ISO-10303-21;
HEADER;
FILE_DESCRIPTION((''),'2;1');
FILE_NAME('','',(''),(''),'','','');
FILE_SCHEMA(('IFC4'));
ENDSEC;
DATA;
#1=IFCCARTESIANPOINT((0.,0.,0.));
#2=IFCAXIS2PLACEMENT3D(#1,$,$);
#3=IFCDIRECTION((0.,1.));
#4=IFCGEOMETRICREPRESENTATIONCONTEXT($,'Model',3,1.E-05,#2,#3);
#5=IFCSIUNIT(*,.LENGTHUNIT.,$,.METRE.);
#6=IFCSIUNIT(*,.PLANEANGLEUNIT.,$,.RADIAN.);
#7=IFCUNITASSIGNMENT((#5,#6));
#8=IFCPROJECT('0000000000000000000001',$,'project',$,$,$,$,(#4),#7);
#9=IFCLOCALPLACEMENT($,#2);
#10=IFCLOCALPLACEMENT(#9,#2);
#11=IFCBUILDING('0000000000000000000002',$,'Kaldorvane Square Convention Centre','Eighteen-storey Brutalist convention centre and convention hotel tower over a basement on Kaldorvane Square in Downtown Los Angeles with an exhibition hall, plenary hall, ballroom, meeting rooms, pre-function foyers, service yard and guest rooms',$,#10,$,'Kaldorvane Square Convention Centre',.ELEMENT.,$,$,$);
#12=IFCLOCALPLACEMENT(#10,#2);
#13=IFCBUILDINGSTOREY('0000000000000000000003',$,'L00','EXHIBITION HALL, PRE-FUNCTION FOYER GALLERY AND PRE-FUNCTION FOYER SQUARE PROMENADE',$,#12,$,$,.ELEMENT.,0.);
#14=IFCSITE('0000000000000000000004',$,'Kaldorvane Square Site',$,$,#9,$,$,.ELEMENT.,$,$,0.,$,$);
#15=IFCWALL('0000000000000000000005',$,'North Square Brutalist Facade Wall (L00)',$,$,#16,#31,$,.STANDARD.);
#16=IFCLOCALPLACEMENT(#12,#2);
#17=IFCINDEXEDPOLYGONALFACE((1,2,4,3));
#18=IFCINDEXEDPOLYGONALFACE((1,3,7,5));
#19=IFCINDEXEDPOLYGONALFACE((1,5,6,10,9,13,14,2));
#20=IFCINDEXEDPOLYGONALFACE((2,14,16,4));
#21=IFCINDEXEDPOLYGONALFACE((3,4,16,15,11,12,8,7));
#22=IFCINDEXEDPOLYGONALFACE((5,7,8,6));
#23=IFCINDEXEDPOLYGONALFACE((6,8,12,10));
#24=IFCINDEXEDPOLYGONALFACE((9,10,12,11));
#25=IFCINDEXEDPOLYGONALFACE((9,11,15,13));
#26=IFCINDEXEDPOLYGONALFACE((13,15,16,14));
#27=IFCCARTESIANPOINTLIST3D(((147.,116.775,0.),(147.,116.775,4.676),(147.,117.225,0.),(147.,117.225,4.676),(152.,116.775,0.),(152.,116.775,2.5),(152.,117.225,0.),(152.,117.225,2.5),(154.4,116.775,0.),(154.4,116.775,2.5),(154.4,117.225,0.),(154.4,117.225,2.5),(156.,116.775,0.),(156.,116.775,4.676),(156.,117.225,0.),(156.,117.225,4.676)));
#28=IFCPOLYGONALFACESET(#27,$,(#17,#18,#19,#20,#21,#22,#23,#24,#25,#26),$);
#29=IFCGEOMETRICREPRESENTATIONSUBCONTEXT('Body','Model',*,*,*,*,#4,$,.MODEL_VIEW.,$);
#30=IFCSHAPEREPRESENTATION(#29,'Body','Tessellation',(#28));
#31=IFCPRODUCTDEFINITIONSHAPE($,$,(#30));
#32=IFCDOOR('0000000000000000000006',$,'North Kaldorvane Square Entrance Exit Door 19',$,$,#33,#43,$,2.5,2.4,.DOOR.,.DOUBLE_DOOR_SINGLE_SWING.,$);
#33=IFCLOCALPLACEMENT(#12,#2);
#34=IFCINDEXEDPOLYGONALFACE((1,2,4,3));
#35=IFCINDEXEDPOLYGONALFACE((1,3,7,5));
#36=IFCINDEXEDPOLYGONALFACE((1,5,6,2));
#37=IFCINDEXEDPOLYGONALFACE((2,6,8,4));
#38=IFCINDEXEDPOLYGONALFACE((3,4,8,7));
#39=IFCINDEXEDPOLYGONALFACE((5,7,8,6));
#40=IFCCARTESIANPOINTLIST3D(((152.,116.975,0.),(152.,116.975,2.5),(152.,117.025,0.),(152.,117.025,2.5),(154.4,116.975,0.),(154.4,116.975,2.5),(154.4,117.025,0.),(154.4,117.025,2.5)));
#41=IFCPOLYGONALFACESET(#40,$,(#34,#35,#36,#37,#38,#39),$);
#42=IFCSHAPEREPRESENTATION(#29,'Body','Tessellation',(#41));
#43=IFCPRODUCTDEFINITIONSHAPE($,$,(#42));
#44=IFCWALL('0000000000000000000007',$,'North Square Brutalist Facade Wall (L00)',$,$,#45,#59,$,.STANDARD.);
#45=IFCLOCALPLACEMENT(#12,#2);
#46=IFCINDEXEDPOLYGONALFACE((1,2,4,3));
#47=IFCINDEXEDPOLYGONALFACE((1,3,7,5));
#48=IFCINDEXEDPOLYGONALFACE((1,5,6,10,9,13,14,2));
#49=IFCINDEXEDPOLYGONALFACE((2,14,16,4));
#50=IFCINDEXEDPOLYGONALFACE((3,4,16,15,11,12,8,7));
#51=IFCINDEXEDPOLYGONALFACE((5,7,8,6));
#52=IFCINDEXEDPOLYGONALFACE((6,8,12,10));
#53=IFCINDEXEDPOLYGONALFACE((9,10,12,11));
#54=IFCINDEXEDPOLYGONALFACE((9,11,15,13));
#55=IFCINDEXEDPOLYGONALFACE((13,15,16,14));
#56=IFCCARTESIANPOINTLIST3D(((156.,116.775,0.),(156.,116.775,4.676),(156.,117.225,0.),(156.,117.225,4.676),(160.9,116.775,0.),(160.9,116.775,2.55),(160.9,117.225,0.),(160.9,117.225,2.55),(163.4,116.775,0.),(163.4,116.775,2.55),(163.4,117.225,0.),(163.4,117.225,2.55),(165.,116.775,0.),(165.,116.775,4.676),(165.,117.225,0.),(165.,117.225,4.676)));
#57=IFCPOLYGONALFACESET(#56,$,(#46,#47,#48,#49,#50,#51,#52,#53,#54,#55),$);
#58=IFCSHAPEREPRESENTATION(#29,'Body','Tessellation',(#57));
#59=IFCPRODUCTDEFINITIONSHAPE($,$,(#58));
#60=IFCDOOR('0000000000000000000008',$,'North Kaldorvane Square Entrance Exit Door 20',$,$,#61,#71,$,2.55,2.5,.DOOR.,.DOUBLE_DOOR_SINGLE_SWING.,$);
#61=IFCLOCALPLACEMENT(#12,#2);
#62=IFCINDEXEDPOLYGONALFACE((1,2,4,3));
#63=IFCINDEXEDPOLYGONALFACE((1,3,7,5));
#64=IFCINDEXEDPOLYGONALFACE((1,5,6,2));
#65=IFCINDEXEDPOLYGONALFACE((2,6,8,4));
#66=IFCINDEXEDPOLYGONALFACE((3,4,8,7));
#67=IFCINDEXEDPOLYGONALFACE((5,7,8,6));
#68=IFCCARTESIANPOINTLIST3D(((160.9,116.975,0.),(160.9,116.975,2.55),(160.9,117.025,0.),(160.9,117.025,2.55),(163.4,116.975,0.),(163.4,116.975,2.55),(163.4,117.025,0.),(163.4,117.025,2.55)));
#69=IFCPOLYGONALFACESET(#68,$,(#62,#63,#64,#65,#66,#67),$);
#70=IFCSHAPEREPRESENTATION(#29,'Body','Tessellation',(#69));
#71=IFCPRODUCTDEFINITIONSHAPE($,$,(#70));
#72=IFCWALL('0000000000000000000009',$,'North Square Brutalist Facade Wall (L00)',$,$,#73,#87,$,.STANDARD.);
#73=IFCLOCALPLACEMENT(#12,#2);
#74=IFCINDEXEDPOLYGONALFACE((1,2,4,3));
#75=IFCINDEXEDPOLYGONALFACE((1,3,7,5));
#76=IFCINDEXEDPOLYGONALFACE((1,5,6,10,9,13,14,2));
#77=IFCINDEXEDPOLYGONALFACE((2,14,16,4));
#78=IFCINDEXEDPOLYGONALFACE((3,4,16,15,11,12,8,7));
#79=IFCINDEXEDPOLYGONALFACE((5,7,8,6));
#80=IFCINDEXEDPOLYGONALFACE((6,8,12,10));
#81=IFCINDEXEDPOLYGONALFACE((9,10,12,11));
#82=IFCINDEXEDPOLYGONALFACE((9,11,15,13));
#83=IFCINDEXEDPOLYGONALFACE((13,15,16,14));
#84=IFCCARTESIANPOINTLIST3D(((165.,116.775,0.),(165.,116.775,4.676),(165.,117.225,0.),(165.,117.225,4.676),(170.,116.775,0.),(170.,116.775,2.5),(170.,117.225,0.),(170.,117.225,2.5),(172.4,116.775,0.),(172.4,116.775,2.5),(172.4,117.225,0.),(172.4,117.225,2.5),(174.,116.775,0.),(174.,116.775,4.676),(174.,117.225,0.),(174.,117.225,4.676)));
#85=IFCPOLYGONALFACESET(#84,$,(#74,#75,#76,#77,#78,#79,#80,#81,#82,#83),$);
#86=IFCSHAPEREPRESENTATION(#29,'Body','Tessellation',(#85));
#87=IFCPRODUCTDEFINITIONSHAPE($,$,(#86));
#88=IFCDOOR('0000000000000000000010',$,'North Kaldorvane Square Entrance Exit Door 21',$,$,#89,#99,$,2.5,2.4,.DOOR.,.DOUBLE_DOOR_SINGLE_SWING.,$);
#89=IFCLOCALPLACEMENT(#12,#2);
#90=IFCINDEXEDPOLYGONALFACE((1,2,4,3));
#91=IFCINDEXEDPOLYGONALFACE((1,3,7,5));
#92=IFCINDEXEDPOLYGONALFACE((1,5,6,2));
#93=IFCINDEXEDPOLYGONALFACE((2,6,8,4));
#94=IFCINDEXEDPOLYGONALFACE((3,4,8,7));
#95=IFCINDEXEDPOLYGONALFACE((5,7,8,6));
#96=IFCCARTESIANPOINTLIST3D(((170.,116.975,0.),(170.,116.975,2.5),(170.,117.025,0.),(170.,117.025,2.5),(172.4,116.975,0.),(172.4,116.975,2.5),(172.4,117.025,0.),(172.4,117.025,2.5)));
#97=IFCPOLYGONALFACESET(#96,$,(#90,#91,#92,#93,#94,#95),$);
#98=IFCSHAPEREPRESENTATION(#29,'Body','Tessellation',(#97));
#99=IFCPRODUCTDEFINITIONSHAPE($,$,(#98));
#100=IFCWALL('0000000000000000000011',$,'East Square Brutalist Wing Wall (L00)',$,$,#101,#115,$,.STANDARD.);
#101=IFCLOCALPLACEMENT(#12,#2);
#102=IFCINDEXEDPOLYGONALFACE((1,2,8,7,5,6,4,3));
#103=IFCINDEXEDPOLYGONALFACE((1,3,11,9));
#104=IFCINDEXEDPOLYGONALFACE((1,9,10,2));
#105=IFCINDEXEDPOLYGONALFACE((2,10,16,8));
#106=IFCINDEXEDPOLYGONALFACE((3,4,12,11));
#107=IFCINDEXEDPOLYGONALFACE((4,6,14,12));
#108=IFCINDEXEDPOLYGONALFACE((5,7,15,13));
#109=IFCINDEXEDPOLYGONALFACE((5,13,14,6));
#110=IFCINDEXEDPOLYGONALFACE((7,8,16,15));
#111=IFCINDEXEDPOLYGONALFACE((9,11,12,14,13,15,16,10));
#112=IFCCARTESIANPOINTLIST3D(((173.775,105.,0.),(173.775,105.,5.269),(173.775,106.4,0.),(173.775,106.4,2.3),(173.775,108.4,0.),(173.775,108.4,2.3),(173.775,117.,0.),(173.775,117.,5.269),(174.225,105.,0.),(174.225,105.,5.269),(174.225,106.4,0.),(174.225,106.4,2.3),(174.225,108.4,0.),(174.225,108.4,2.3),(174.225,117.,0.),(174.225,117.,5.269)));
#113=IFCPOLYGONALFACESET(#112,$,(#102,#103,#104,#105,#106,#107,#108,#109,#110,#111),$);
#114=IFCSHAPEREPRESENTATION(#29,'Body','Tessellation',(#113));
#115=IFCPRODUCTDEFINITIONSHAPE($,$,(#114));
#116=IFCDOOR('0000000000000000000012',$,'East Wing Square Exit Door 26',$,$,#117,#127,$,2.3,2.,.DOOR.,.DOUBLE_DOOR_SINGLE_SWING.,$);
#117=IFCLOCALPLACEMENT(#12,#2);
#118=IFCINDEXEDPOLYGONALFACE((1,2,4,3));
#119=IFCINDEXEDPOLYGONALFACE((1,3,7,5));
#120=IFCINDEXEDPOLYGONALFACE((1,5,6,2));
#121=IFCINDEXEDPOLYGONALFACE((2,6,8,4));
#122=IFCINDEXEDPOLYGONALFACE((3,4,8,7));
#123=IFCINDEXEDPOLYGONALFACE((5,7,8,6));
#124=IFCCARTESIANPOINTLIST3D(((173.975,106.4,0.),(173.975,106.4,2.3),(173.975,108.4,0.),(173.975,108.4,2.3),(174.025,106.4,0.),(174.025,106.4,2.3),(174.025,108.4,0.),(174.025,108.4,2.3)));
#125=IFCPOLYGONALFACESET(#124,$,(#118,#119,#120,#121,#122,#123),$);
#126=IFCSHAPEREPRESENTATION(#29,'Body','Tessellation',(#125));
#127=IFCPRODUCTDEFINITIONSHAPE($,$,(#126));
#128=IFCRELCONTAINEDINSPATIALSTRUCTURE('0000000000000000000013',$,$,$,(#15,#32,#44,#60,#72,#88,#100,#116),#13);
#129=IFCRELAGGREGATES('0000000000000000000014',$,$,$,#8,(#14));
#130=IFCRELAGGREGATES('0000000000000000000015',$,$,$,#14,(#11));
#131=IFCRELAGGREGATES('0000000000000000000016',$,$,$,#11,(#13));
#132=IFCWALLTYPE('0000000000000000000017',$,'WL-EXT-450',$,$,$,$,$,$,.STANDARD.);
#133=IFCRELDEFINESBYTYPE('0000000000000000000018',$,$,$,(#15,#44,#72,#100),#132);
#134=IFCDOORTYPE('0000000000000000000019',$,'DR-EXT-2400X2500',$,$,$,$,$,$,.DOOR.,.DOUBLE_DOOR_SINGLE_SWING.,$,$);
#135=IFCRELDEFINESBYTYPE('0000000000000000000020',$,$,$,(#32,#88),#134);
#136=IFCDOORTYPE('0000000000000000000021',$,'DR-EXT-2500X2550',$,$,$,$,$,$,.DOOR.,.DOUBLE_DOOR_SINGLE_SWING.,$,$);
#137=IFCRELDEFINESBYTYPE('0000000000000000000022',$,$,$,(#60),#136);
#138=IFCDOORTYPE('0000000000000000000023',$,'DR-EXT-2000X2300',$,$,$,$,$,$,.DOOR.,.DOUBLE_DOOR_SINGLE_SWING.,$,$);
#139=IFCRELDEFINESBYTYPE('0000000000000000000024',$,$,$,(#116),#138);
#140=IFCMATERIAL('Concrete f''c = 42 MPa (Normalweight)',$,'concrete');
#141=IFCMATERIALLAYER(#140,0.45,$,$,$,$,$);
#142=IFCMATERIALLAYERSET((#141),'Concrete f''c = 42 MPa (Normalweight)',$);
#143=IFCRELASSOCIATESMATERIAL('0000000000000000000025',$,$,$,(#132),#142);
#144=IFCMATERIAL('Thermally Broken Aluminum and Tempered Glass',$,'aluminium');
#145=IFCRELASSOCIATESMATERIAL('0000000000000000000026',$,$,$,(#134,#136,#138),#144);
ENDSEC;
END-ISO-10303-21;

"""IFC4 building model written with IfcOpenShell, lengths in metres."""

from ifc_helpers import new_model, si_unit, direction, frame, frame_2d, origin, place, context, subcontext, project, spatial, rectangle, extrude, material, layer, layer_set, type_object, element, fill, save


model = new_model("IFC4")

# Units and contexts
model_context = context("Model", 3, precision=1e-05, world=origin(), true_north=direction((0.0, 1.0)))
body_context = subcontext(model_context, "Body", "Model", "MODEL_VIEW")
ifc_project = project(units=[si_unit("LENGTHUNIT", "METRE"), si_unit("PLANEANGLEUNIT", "RADIAN")], contexts=[model_context])

# Site, building, storey
site_placement = place(None, origin())
site = spatial("IfcSite", under=ifc_project, at=site_placement, Name="Kaldorvane Square Site", CompositionType="ELEMENT", RefElevation=0.0)
building_placement = place(site_placement, origin())
building = spatial("IfcBuilding", under=site, at=building_placement, Name="Kaldorvane Square Convention Centre", Description="Eighteen-storey Brutalist convention centre and convention hotel tower over a basement on Kaldorvane Square in Downtown Los Angeles with an exhibition hall, plenary hall, ballroom, meeting rooms, pre-function foyers, service yard and guest rooms", LongName="Kaldorvane Square Convention Centre", CompositionType="ELEMENT")
storey_placement = place(building_placement, origin())
storey = spatial("IfcBuildingStorey", under=building, at=storey_placement, Name="L00", Description="EXHIBITION HALL, PRE-FUNCTION FOYER GALLERY AND PRE-FUNCTION FOYER SQUARE PROMENADE", CompositionType="ELEMENT", Elevation=0.0)

# Shared definitions
ifc_material_1 = material(Name="Concrete f'c = 42 MPa (Normalweight)", Category="concrete")

# Walls, openings, doors
ifc_layer = layer(ifc_material_1, 0.45)
ifc_layer_set = layer_set([ifc_layer], Name="Concrete f'c = 42 MPa (Normalweight)")
wall_type = type_object("IfcWallType", Name="WL-EXT-450", PredefinedType="STANDARD", material=ifc_layer_set)
wall_1_placement = place(storey_placement, frame((156.0, 117.0, 0.0), z_axis=(0.0, 0.0, 1.0), x_axis=(-1.0, 0.0, 0.0)))
wall_1 = element("IfcWall", 1, at=wall_1_placement, inside=storey, type_object=wall_type, Name="North Square Brutalist Facade Wall (L00)", PredefinedType="STANDARD", context=body_context, shape_type="SweptSolid", body=[
    extrude(rectangle(XDim=9.0, YDim=0.45, at=frame_2d((4.5, 0.0))), origin(), (0.0, 0.0, 1.0), 4.676),
])
opening_1_placement = place(wall_1_placement, frame((1.6, 0.0, 0.0)))
opening_1 = element("IfcOpeningElement", 2, at=opening_1_placement, cuts=wall_1, PredefinedType="OPENING", context=body_context, shape_type="SweptSolid", body=[
    extrude(rectangle(XDim=2.4, YDim=2.5, at=frame_2d((1.2, 1.25))), frame((0.0, 0.24, 0.0), z_axis=(0.0, -1.0, 0.0), x_axis=(1.0, 0.0, 0.0)), (0.0, 0.0, 1.0), 0.48),
])
ifc_material_2 = material(Name="Thermally Broken Aluminum and Tempered Glass", Category="aluminium")
door_type_1 = type_object("IfcDoorType", Name="DR-EXT-2400X2500", OperationType="DOUBLE_DOOR_SINGLE_SWING", PredefinedType="DOOR", material=ifc_material_2)
door_1_placement = place(opening_1_placement, origin())
door_1 = element("IfcDoor", 3, at=door_1_placement, inside=storey, type_object=door_type_1, Name="North Kaldorvane Square Entrance Exit Door 19", OperationType="DOUBLE_DOOR_SINGLE_SWING", OverallHeight=2.5, OverallWidth=2.4, PredefinedType="DOOR", context=body_context, shape_type="SweptSolid", body=[
    extrude(rectangle(XDim=2.4, YDim=2.5, at=frame_2d((1.2, 1.25))), frame((0.0, 0.025, 0.0), z_axis=(0.0, -1.0, 0.0), x_axis=(1.0, 0.0, 0.0)), (0.0, 0.0, 1.0), 0.05),
])
fill(opening_1, door_1)
wall_2_placement = place(storey_placement, frame((165.0, 117.0, 0.0), z_axis=(0.0, 0.0, 1.0), x_axis=(-1.0, 0.0, 0.0)))
wall_2 = element("IfcWall", 4, at=wall_2_placement, inside=storey, type_object=wall_type, Name="North Square Brutalist Facade Wall (L00)", PredefinedType="STANDARD", context=body_context, shape_type="SweptSolid", body=[
    extrude(rectangle(XDim=9.0, YDim=0.45, at=frame_2d((4.5, 0.0))), origin(), (0.0, 0.0, 1.0), 4.676),
])
opening_2_placement = place(wall_2_placement, frame((1.6, 0.0, 0.0)))
opening_2 = element("IfcOpeningElement", 5, at=opening_2_placement, cuts=wall_2, PredefinedType="OPENING", context=body_context, shape_type="SweptSolid", body=[
    extrude(rectangle(XDim=2.5, YDim=2.55, at=frame_2d((1.25, 1.275))), frame((0.0, 0.24, 0.0), z_axis=(0.0, -1.0, 0.0), x_axis=(1.0, 0.0, 0.0)), (0.0, 0.0, 1.0), 0.48),
])
door_type_2 = type_object("IfcDoorType", Name="DR-EXT-2500X2550", OperationType="DOUBLE_DOOR_SINGLE_SWING", PredefinedType="DOOR", material=ifc_material_2)
door_2_placement = place(opening_2_placement, origin())
door_2 = element("IfcDoor", 6, at=door_2_placement, inside=storey, type_object=door_type_2, Name="North Kaldorvane Square Entrance Exit Door 20", OperationType="DOUBLE_DOOR_SINGLE_SWING", OverallHeight=2.55, OverallWidth=2.5, PredefinedType="DOOR", context=body_context, shape_type="SweptSolid", body=[
    extrude(rectangle(XDim=2.5, YDim=2.55, at=frame_2d((1.25, 1.275))), frame((0.0, 0.025, 0.0), z_axis=(0.0, -1.0, 0.0), x_axis=(1.0, 0.0, 0.0)), (0.0, 0.0, 1.0), 0.05),
])
fill(opening_2, door_2)
wall_3_placement = place(storey_placement, frame((174.0, 117.0, 0.0), z_axis=(0.0, 0.0, 1.0), x_axis=(-1.0, 0.0, 0.0)))
wall_3 = element("IfcWall", 7, at=wall_3_placement, inside=storey, type_object=wall_type, Name="North Square Brutalist Facade Wall (L00)", PredefinedType="STANDARD", context=body_context, shape_type="SweptSolid", body=[
    extrude(rectangle(XDim=9.0, YDim=0.45, at=frame_2d((4.5, 0.0))), origin(), (0.0, 0.0, 1.0), 4.676),
])
opening_3_placement = place(wall_3_placement, frame((1.6, 0.0, 0.0)))
opening_3 = element("IfcOpeningElement", 8, at=opening_3_placement, cuts=wall_3, PredefinedType="OPENING", context=body_context, shape_type="SweptSolid", body=[
    extrude(rectangle(XDim=2.4, YDim=2.5, at=frame_2d((1.2, 1.25))), frame((0.0, 0.24, 0.0), z_axis=(0.0, -1.0, 0.0), x_axis=(1.0, 0.0, 0.0)), (0.0, 0.0, 1.0), 0.48),
])
door_3_placement = place(opening_3_placement, origin())
door_3 = element("IfcDoor", 9, at=door_3_placement, inside=storey, type_object=door_type_1, Name="North Kaldorvane Square Entrance Exit Door 21", OperationType="DOUBLE_DOOR_SINGLE_SWING", OverallHeight=2.5, OverallWidth=2.4, PredefinedType="DOOR", context=body_context, shape_type="SweptSolid", body=[
    extrude(rectangle(XDim=2.4, YDim=2.5, at=frame_2d((1.2, 1.25))), frame((0.0, 0.025, 0.0), z_axis=(0.0, -1.0, 0.0), x_axis=(1.0, 0.0, 0.0)), (0.0, 0.0, 1.0), 0.05),
])
fill(opening_3, door_3)
wall_4_placement = place(storey_placement, frame((174.0, 105.0, 0.0), z_axis=(0.0, 0.0, 1.0), x_axis=(0.0, 1.0, 0.0)))
wall_4 = element("IfcWall", 10, at=wall_4_placement, inside=storey, type_object=wall_type, Name="East Square Brutalist Wing Wall (L00)", PredefinedType="STANDARD", context=body_context, shape_type="SweptSolid", body=[
    extrude(rectangle(XDim=12.0, YDim=0.45, at=frame_2d((6.0, 0.0))), origin(), (0.0, 0.0, 1.0), 5.269),
])
opening_4_placement = place(wall_4_placement, frame((1.4, 0.0, 0.0)))
opening_4 = element("IfcOpeningElement", 11, at=opening_4_placement, cuts=wall_4, PredefinedType="OPENING", context=body_context, shape_type="SweptSolid", body=[
    extrude(rectangle(XDim=2.0, YDim=2.3, at=frame_2d((1.0, 1.15))), frame((0.0, 0.24, 0.0), z_axis=(0.0, -1.0, 0.0), x_axis=(1.0, 0.0, 0.0)), (0.0, 0.0, 1.0), 0.48),
])
door_type_3 = type_object("IfcDoorType", Name="DR-EXT-2000X2300", OperationType="DOUBLE_DOOR_SINGLE_SWING", PredefinedType="DOOR", material=ifc_material_2)
door_4_placement = place(opening_4_placement, origin())
door_4 = element("IfcDoor", 12, at=door_4_placement, inside=storey, type_object=door_type_3, Name="East Wing Square Exit Door 26", OperationType="DOUBLE_DOOR_SINGLE_SWING", OverallHeight=2.3, OverallWidth=2.0, PredefinedType="DOOR", context=body_context, shape_type="SweptSolid", body=[
    extrude(rectangle(XDim=2.0, YDim=2.3, at=frame_2d((1.0, 1.15))), frame((0.0, 0.025, 0.0), z_axis=(0.0, -1.0, 0.0), x_axis=(1.0, 0.0, 0.0)), (0.0, 0.0, 1.0), 0.05),
])
fill(opening_4, door_4)

save(model, "model.ifc")
